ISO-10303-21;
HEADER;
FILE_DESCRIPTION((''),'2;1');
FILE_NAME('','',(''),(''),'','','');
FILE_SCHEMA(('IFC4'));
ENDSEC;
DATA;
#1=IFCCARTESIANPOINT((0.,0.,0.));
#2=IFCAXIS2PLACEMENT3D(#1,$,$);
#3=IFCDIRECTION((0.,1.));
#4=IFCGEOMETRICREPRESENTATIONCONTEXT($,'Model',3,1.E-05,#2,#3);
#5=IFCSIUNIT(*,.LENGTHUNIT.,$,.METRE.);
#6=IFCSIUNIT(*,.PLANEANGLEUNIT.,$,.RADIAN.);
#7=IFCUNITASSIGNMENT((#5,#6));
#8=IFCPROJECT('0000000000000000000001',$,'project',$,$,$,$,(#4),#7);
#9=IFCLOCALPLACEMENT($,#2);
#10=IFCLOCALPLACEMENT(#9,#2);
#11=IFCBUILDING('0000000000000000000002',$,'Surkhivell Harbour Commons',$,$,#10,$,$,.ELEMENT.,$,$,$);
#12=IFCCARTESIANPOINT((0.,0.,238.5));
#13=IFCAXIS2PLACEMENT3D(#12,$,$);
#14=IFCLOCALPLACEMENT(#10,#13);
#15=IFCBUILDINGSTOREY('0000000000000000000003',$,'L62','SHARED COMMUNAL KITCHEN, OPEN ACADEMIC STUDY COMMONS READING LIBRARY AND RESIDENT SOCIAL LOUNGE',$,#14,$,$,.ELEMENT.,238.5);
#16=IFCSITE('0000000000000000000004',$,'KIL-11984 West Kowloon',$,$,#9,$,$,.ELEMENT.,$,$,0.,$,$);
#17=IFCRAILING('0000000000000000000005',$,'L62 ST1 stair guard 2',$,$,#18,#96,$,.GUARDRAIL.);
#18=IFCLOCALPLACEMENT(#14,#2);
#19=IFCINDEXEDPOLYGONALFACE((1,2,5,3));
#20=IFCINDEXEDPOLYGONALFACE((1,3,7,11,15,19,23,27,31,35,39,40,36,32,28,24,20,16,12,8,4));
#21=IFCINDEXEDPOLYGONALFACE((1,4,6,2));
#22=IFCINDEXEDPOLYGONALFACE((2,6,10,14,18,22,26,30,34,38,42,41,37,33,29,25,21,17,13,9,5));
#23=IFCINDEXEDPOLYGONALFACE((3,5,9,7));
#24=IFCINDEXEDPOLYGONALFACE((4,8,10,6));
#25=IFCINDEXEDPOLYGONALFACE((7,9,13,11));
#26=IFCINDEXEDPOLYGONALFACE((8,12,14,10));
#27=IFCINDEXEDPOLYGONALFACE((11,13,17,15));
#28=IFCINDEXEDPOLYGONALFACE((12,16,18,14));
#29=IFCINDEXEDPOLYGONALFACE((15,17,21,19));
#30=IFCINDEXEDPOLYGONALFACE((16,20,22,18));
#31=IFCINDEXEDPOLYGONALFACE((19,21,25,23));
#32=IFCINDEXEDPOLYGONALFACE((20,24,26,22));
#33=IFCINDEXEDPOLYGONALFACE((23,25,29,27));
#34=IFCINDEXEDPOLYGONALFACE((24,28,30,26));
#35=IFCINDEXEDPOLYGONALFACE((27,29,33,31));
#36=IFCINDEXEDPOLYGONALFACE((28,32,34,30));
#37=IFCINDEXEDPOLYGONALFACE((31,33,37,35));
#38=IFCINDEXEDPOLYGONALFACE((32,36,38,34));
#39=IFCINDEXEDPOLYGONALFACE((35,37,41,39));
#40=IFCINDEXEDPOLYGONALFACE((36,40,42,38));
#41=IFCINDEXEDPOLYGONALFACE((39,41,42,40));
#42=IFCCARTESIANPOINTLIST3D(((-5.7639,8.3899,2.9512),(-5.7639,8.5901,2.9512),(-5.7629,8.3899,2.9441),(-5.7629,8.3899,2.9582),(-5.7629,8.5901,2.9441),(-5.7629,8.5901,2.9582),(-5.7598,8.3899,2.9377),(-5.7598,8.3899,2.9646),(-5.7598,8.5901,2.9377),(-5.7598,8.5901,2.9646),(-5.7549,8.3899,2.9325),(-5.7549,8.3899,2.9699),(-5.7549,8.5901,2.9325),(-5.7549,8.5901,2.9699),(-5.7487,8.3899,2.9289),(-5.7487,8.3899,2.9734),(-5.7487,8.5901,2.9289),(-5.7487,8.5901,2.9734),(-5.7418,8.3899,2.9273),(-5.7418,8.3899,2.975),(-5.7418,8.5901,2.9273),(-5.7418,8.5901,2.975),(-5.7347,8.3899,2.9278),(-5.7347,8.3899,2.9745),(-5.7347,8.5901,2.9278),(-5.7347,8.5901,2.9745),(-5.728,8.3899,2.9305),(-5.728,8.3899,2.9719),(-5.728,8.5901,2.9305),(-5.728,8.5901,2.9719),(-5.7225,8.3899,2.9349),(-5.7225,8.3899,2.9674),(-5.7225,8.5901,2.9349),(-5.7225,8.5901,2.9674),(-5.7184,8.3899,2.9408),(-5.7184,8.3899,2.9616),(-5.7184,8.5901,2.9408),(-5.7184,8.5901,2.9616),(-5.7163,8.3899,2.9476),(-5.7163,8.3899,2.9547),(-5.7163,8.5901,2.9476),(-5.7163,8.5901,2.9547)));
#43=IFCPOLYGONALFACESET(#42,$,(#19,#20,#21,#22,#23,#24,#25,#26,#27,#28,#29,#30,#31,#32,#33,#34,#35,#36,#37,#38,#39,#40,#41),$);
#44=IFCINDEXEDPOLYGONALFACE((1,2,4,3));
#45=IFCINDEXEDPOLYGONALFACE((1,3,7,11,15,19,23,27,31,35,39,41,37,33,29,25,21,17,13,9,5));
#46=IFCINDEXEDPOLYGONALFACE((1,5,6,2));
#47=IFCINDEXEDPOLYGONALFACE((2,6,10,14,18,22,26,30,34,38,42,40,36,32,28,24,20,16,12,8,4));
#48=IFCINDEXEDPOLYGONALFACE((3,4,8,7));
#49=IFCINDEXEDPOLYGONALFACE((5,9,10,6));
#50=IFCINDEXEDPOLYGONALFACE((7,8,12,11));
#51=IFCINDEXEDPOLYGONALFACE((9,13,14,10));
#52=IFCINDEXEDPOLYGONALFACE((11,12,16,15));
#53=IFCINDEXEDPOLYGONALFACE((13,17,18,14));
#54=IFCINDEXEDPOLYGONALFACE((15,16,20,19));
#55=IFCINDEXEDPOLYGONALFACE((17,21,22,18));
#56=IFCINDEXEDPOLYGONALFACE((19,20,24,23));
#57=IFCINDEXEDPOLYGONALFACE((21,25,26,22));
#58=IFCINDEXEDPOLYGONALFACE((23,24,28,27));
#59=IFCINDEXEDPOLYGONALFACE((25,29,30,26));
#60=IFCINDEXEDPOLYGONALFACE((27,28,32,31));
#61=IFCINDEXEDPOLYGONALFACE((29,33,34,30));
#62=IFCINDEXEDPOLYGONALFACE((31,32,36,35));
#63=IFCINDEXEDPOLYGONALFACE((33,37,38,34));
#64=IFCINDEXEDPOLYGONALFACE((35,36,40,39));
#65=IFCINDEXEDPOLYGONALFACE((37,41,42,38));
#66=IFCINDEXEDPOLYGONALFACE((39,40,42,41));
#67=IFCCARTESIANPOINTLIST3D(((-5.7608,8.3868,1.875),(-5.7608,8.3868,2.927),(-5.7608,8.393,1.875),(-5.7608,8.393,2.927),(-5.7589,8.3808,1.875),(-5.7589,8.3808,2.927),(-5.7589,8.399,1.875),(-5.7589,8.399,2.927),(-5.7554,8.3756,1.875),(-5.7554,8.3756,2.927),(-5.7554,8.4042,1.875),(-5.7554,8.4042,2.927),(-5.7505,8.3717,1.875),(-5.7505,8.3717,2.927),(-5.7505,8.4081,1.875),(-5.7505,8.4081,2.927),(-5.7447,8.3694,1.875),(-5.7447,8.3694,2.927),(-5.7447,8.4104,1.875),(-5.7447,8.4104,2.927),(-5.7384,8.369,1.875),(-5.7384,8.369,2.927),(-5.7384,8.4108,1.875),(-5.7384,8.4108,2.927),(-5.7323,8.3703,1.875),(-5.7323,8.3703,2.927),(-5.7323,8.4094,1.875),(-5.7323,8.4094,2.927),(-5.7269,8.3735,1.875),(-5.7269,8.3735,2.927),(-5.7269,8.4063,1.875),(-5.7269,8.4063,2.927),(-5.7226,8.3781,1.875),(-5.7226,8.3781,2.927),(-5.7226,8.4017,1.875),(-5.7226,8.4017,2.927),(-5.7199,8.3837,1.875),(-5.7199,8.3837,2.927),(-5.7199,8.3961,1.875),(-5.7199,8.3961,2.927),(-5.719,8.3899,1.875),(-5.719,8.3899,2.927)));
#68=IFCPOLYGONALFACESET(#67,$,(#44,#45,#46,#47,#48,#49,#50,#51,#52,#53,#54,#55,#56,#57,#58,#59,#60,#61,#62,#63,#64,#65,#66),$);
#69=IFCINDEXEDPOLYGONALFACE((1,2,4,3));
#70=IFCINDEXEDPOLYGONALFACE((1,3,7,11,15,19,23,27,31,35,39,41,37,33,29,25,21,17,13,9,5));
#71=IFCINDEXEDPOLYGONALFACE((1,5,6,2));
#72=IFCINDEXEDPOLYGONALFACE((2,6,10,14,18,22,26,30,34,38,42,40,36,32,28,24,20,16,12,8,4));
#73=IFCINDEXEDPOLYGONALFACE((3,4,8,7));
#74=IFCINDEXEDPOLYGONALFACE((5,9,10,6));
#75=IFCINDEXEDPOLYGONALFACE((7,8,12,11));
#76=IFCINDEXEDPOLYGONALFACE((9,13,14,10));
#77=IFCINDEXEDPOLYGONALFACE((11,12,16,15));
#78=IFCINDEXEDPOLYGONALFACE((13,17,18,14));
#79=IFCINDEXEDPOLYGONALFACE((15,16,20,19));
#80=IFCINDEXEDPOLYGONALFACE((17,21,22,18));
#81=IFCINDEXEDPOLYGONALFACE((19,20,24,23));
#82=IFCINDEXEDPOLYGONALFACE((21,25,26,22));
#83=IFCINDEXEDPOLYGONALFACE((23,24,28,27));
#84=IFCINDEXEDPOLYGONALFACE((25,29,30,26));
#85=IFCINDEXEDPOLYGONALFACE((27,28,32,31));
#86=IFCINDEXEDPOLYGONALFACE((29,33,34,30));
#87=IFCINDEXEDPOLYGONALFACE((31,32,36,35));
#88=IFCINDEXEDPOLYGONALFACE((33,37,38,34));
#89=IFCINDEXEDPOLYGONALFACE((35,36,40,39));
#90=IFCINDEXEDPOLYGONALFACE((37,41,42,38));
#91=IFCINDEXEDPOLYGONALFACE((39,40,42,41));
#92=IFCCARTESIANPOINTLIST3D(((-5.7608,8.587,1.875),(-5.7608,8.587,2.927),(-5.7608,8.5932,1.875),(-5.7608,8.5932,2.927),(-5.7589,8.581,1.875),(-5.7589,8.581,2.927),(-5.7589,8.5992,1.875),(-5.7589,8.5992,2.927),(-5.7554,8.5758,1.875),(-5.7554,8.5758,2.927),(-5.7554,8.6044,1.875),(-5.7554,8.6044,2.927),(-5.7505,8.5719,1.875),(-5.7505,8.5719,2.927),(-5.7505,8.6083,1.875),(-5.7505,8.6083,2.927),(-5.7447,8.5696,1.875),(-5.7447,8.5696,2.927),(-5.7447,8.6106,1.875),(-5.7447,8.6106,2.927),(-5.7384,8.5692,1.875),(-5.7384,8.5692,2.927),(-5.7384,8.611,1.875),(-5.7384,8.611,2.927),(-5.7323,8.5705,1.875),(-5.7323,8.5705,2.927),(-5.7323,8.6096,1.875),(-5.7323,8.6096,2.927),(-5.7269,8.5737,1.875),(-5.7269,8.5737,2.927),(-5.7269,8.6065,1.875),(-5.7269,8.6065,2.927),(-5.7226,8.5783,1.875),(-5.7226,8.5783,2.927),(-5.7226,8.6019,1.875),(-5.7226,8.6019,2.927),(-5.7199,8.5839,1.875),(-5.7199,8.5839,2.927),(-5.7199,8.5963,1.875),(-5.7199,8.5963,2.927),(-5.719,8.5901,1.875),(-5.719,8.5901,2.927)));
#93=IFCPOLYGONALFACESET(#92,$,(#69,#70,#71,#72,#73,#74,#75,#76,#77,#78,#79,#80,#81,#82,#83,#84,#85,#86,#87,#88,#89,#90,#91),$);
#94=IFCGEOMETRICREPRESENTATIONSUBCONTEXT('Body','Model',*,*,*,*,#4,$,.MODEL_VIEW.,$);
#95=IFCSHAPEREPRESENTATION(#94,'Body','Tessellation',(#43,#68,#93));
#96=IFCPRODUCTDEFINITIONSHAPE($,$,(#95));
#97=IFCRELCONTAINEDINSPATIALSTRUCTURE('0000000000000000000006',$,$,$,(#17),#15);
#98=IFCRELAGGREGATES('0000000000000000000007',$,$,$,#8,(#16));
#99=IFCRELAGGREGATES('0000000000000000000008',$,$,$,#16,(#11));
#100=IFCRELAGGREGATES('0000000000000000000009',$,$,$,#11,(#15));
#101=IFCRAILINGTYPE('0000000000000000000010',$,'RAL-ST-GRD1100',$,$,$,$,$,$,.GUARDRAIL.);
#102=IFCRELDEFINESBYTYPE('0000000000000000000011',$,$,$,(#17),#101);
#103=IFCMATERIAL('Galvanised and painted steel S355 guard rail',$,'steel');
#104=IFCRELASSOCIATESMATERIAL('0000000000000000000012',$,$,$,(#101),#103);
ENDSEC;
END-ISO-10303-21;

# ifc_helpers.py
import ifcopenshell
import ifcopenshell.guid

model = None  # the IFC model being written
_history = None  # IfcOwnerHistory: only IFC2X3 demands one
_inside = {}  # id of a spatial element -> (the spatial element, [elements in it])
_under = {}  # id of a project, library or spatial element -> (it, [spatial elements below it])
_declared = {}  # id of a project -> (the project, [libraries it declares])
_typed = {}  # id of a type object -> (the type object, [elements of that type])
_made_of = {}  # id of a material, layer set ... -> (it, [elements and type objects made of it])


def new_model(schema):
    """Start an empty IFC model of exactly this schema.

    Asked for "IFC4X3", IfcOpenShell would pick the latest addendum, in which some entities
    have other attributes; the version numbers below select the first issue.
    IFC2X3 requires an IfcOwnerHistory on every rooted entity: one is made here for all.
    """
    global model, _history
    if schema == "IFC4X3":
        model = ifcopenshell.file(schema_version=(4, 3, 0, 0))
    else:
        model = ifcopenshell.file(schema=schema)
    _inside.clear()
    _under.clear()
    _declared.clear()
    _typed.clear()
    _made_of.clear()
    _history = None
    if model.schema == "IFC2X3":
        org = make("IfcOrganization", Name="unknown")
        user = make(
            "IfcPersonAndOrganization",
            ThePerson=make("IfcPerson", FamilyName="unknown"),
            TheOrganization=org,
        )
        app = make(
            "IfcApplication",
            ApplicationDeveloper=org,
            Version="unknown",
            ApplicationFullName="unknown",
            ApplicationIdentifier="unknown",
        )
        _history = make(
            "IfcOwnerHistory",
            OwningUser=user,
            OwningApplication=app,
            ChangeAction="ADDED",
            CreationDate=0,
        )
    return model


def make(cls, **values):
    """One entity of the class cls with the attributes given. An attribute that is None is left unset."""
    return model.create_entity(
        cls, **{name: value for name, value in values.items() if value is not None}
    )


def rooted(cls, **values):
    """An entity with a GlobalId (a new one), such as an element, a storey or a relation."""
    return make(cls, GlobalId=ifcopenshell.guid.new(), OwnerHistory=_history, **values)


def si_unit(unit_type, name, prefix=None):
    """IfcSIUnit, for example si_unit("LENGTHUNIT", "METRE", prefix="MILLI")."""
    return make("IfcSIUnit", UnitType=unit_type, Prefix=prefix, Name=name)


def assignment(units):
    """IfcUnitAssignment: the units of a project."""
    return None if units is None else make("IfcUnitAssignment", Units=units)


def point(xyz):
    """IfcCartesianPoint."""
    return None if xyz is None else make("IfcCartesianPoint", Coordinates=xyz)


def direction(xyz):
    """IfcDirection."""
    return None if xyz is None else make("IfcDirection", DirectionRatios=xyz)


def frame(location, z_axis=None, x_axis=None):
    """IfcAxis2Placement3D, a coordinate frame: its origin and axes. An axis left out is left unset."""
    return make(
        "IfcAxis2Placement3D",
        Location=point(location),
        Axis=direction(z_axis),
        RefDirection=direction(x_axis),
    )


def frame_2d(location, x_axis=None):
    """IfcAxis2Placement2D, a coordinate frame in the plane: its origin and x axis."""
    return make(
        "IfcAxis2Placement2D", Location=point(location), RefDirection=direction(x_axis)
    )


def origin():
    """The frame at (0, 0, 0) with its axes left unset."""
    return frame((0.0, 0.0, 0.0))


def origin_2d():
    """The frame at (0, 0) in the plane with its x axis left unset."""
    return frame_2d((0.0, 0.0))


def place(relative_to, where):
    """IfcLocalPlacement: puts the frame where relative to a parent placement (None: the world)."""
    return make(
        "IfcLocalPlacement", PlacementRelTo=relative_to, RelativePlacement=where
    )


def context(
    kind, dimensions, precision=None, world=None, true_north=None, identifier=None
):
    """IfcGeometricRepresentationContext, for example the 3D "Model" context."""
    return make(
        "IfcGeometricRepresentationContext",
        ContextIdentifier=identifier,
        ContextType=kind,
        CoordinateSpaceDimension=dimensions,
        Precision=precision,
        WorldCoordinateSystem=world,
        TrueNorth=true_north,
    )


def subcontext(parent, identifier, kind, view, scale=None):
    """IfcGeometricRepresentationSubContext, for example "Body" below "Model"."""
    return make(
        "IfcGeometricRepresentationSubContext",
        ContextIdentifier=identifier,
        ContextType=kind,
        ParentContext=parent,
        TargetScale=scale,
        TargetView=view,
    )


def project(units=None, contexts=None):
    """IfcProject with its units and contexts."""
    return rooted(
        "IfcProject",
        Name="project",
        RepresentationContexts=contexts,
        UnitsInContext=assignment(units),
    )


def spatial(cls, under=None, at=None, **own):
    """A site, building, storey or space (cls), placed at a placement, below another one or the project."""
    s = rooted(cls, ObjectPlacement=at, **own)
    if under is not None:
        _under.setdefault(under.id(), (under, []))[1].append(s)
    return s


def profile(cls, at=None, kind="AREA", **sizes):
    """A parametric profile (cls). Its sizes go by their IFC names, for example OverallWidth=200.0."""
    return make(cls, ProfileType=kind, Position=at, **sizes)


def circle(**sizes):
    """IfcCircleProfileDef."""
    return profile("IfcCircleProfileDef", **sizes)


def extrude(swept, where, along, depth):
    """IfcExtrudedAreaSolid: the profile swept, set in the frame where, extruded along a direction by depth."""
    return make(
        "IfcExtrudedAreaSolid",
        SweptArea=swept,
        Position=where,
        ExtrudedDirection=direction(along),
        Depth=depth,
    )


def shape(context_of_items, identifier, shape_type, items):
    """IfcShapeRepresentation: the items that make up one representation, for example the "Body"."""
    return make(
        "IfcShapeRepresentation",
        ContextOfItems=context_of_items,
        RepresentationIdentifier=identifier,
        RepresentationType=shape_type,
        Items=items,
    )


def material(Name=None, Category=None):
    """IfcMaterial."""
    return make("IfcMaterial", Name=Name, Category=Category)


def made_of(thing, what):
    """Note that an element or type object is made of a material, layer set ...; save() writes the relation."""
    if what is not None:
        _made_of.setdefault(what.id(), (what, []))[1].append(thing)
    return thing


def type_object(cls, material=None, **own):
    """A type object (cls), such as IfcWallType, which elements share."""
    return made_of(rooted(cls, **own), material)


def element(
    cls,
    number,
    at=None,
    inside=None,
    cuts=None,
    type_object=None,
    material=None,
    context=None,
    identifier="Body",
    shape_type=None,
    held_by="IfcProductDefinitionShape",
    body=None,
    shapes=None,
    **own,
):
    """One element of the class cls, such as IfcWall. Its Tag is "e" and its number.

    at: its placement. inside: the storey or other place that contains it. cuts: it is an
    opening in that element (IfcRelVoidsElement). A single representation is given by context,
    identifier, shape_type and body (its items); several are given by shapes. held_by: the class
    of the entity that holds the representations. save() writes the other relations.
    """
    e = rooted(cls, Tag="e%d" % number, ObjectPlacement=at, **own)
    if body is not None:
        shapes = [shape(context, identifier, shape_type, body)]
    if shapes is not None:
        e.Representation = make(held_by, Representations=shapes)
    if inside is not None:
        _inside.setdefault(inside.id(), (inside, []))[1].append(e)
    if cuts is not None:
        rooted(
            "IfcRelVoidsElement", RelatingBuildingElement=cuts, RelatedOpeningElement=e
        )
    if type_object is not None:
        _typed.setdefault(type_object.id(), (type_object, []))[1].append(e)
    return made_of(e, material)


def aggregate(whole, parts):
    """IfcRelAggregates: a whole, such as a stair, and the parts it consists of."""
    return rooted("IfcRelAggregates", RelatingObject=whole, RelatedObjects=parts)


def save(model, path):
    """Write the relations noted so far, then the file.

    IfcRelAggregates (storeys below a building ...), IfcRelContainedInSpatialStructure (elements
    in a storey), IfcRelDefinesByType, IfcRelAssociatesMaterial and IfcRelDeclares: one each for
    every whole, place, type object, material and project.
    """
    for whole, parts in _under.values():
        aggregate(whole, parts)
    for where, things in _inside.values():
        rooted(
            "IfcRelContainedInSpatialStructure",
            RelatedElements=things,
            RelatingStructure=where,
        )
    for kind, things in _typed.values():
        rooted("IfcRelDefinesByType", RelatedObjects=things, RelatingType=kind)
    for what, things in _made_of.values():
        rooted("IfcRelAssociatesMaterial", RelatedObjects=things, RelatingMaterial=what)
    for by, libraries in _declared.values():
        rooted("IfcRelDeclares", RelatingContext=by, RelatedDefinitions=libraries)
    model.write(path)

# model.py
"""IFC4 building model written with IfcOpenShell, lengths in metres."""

from ifc_helpers import new_model, si_unit, direction, frame, origin, origin_2d, place, context, subcontext, project, spatial, circle, extrude, material, type_object, element, save


model = new_model("IFC4")

# Units and contexts
model_context = context("Model", 3, precision=1e-05, world=origin(), true_north=direction((0.0, 1.0)))
body_context = subcontext(model_context, "Body", "Model", "MODEL_VIEW")
ifc_project = project(units=[si_unit("LENGTHUNIT", "METRE"), si_unit("PLANEANGLEUNIT", "RADIAN")], contexts=[model_context])

# Site, building, storey
site_placement = place(None, origin())
site = spatial("IfcSite", under=ifc_project, at=site_placement, Name="KIL-11984 West Kowloon", CompositionType="ELEMENT", RefElevation=0.0)
building_placement = place(site_placement, origin())
building = spatial("IfcBuilding", under=site, at=building_placement, Name="Surkhivell Harbour Commons", CompositionType="ELEMENT")
storey_placement = place(building_placement, frame((0.0, 0.0, 238.5)))
storey = spatial("IfcBuildingStorey", under=building, at=storey_placement, Name="L62", Description="SHARED COMMUNAL KITCHEN, OPEN ACADEMIC STUDY COMMONS READING LIBRARY AND RESIDENT SOCIAL LOUNGE", CompositionType="ELEMENT", Elevation=238.5)

# Railing
ifc_material_1 = material(Name="Galvanised and painted steel S355 guard rail", Category="steel")
railing_type_1 = type_object("IfcRailingType", Name="RAL-ST-GRD1100", PredefinedType="GUARDRAIL", material=ifc_material_1)
railing_1_placement = place(storey_placement, frame((-5.74, 8.3899, 1.875)))
element("IfcRailing", 1, at=railing_1_placement, inside=storey, type_object=railing_type_1, Name="L62 ST1 stair guard 2", PredefinedType="GUARDRAIL", context=body_context, shape_type="SweptSolid", body=[
    extrude(circle(Radius=0.0239, at=origin_2d()), frame((0.0, 0.0, 1.0762), z_axis=(0.0, 1.0, 0.0), x_axis=(-1.0, 0.0, 0.0)), (0.0, 0.0, 1.0), 0.2002),
    extrude(circle(Radius=0.021, at=origin_2d()), origin(), (0.0, 0.0, 1.0), 1.052),
    extrude(circle(Radius=0.021, at=origin_2d()), frame((0.0, 0.2002, 0.0)), (0.0, 0.0, 1.0), 1.052),
])

save(model, "model.ifc")
